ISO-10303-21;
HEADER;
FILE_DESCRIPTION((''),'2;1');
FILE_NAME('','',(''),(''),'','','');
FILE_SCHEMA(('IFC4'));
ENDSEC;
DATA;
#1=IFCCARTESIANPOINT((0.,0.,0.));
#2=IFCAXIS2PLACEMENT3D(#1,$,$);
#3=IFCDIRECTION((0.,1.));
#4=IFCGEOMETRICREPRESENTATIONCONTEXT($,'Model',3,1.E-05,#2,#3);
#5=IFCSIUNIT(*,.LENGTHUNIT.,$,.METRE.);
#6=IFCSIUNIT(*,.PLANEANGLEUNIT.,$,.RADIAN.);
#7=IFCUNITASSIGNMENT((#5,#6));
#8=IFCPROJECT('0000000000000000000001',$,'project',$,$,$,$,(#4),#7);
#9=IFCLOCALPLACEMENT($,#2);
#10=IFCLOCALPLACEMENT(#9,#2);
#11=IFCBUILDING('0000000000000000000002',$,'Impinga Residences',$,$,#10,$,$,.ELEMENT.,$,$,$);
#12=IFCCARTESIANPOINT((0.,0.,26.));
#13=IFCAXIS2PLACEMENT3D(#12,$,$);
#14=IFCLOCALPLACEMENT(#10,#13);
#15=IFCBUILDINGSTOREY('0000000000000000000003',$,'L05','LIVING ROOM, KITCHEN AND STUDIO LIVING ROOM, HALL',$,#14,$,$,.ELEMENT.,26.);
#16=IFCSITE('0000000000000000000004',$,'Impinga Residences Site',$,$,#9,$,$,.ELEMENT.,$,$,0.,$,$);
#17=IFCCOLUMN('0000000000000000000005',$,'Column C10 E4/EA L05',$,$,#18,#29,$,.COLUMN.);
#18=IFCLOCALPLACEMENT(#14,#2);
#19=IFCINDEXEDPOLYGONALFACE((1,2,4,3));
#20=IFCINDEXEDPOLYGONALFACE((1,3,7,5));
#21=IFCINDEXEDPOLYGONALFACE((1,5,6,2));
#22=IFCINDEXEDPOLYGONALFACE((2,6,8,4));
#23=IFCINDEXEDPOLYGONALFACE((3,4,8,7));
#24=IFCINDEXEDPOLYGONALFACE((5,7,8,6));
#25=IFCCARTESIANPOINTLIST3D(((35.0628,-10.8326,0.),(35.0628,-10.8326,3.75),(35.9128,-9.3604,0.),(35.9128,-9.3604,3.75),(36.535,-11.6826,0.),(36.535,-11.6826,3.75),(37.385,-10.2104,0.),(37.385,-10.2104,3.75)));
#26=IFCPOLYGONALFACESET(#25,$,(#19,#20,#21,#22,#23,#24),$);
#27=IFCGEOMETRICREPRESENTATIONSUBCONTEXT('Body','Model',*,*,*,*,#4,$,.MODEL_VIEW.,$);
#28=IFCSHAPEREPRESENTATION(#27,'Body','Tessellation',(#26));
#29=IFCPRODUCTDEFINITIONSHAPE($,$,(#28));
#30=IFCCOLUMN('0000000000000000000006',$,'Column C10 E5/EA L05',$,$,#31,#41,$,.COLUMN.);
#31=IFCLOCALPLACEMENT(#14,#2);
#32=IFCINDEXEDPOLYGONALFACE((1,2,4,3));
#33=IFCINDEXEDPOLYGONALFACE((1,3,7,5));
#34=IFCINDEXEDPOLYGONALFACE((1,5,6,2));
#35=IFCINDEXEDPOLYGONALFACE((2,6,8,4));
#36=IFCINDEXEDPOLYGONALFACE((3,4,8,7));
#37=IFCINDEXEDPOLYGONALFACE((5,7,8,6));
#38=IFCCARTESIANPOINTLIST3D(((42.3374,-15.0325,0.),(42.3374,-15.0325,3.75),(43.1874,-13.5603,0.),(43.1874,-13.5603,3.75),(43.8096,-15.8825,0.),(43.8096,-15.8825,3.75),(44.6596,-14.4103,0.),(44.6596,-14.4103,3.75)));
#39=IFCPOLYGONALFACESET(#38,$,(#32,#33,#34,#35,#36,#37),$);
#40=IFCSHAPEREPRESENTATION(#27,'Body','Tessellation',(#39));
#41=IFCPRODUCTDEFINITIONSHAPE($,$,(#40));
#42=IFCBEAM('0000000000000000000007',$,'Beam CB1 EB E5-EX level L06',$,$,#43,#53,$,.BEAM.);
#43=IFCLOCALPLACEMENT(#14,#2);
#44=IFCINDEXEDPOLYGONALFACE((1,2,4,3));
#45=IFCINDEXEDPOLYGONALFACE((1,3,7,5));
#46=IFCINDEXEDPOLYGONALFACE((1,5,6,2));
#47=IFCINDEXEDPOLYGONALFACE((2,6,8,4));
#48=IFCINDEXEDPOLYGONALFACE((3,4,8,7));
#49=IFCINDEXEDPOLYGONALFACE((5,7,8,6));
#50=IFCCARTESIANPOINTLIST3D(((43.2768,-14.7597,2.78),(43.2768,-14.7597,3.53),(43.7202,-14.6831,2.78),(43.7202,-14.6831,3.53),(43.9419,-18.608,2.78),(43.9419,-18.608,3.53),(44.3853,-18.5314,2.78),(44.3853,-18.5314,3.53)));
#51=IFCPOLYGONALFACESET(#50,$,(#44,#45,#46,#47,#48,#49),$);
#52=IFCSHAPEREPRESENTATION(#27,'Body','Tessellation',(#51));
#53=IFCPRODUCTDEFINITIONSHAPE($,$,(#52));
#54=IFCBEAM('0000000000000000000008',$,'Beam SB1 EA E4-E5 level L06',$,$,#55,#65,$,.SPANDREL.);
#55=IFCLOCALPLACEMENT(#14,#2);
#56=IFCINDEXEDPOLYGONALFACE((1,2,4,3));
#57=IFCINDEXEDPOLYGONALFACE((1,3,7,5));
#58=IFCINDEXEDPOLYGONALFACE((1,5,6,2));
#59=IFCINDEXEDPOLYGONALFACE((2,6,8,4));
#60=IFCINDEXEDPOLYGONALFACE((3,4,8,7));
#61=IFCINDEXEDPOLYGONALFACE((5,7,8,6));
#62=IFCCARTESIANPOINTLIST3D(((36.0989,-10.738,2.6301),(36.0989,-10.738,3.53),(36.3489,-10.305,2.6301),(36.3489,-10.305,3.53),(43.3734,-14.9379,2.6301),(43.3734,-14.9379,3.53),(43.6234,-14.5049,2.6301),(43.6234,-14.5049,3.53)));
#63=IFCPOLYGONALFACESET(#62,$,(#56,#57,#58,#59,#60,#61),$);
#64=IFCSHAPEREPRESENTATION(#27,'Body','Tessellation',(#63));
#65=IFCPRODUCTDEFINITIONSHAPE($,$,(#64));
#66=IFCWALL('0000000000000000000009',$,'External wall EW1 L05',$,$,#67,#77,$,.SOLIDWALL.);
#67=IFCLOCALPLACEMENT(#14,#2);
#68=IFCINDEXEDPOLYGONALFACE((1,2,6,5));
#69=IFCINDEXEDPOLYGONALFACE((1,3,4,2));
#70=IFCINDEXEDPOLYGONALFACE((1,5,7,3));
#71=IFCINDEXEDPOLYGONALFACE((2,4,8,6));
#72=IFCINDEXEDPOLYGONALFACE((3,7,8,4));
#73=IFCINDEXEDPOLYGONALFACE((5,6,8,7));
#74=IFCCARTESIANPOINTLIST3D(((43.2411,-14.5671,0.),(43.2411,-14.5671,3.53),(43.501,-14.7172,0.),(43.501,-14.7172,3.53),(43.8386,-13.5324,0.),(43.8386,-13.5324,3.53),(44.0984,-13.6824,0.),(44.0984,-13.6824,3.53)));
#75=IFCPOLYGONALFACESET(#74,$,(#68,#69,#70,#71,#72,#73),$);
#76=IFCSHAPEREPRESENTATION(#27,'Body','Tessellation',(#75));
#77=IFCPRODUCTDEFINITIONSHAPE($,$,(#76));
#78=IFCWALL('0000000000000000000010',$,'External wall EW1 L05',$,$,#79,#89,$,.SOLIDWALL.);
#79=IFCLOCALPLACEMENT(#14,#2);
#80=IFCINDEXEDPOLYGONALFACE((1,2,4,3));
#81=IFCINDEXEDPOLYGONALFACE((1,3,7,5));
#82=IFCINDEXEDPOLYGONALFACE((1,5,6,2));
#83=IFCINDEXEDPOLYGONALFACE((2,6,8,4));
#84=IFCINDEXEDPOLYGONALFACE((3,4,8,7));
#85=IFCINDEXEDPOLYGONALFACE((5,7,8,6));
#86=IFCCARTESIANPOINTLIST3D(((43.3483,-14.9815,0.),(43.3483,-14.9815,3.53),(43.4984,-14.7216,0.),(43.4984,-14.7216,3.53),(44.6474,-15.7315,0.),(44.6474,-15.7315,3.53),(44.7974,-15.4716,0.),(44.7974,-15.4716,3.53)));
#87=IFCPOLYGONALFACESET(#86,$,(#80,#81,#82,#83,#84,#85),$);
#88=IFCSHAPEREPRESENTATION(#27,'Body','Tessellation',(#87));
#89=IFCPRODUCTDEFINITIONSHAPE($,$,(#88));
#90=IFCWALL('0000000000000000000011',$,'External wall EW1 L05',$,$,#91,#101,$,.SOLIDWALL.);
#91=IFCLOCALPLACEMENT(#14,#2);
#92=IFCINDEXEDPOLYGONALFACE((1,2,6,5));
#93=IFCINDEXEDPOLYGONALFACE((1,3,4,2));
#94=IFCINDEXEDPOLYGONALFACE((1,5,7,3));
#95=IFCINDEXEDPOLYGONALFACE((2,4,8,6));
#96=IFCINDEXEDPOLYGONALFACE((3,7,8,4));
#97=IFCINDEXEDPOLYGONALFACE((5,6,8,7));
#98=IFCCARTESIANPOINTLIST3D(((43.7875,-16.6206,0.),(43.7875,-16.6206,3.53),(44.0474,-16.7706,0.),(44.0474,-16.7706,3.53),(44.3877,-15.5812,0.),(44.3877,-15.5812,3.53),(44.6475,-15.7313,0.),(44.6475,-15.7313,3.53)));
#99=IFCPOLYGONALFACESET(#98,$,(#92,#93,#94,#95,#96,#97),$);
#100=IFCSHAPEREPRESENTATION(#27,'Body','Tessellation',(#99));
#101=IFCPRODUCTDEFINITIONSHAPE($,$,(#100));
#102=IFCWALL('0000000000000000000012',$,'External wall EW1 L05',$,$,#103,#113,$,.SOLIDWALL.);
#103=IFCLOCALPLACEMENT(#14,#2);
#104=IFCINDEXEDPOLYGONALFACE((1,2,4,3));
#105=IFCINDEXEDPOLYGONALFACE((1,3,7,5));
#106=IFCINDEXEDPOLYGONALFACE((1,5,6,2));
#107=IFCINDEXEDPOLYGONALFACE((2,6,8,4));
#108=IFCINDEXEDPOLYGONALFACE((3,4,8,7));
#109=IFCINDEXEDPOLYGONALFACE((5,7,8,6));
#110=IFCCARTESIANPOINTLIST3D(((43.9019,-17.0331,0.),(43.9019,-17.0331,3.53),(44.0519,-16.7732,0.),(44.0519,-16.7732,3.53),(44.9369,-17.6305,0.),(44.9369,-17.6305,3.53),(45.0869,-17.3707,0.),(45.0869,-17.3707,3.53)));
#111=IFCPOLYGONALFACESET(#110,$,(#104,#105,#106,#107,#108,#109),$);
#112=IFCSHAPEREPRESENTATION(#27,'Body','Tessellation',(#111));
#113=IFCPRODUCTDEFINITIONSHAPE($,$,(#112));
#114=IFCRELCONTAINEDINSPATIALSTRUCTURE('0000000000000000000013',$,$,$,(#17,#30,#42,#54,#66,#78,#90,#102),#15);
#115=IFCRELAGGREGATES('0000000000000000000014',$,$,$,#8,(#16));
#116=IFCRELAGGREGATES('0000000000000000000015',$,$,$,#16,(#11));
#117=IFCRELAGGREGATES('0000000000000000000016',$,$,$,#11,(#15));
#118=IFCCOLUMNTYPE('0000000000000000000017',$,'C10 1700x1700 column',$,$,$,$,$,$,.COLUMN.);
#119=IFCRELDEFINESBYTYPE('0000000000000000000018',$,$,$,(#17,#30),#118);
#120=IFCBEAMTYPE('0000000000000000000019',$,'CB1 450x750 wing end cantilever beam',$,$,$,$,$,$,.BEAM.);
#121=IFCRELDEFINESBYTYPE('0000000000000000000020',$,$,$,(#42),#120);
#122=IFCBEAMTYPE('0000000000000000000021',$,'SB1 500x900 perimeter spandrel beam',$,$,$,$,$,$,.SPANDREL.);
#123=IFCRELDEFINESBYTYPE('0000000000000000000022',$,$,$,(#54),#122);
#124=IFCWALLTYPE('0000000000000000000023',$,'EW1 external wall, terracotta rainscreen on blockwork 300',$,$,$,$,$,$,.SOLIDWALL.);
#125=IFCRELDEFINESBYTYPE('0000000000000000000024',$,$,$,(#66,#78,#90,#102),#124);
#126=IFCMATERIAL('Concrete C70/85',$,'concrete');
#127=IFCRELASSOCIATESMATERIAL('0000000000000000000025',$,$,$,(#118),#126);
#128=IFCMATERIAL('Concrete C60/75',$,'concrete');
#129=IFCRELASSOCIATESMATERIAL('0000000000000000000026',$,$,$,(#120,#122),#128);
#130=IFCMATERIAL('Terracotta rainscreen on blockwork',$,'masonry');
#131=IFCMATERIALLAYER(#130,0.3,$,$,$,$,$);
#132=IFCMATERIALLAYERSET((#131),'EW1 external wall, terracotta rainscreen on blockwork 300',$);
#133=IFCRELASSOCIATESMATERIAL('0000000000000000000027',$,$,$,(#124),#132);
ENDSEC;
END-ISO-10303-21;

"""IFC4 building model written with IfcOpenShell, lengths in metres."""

from ifc_helpers import new_model, si_unit, direction, frame, frame_2d, origin, origin_2d, place, context, subcontext, project, spatial, rectangle, extrude, material, layer, layer_set, material_profile, profile_set, type_object, element, save


model = new_model("IFC4")

# Units and contexts
model_context = context("Model", 3, precision=1e-05, world=origin(), true_north=direction((0.0, 1.0)))
body_context = subcontext(model_context, "Body", "Model", "MODEL_VIEW")
ifc_project = project(units=[si_unit("LENGTHUNIT", "METRE"), si_unit("PLANEANGLEUNIT", "RADIAN")], contexts=[model_context])

# Site, building, storey
site_placement = place(None, origin())
site = spatial("IfcSite", under=ifc_project, at=site_placement, Name="Impinga Residences Site", CompositionType="ELEMENT", RefElevation=0.0)
building_placement = place(site_placement, origin())
building = spatial("IfcBuilding", under=site, at=building_placement, Name="Impinga Residences", CompositionType="ELEMENT")
storey_placement = place(building_placement, frame((0.0, 0.0, 26.0)))
storey = spatial("IfcBuildingStorey", under=building, at=storey_placement, Name="L05", Description="LIVING ROOM, KITCHEN AND STUDIO LIVING ROOM, HALL", CompositionType="ELEMENT", Elevation=26.0)

# Columns
ifc_material_1 = material(Name="Concrete C70/85", Category="concrete")
ifc_material_profile_1 = material_profile(ifc_material_1, rectangle(XDim=1.7, YDim=1.7, at=origin_2d()), Name="RC 1700x1700")
ifc_profile_set_1 = profile_set([ifc_material_profile_1], Name="Concrete C70/85")
column_type = type_object("IfcColumnType", Name="C10 1700x1700 column", PredefinedType="COLUMN", material=ifc_profile_set_1)
for number, where, z_axis, x_axis, name in (
    (1, (36.2239, -10.5215, 0.0), (0.0, 0.0, 1.0), (-0.5, -0.866025, 0.0), "Column C10 E4/EA L05"),
    (2, (43.4985, -14.7214, 0.0), (0.0, 0.0, 1.0), (-0.5, -0.866025, 0.0), "Column C10 E5/EA L05"),
):
    element("IfcColumn", number, at=place(storey_placement, frame(where, z_axis=z_axis, x_axis=x_axis)), inside=storey, type_object=column_type, Name=name, PredefinedType="COLUMN", context=body_context, shape_type="SweptSolid", body=[
        extrude(rectangle(XDim=1.7, YDim=1.7, at=origin_2d()), origin(), (0.0, 0.0, 1.0), 3.75),
    ])

# Beams
ifc_material_2 = material(Name="Concrete C60/75", Category="concrete")
ifc_material_profile_2 = material_profile(ifc_material_2, rectangle(XDim=0.45, YDim=0.75, at=origin_2d()), Name="RC 450x750")
ifc_profile_set_2 = profile_set([ifc_material_profile_2], Name="Concrete C60/75")
beam_type_1 = type_object("IfcBeamType", Name="CB1 450x750 wing end cantilever beam", PredefinedType="BEAM", material=ifc_profile_set_2)
beam_1_placement = place(storey_placement, frame((43.4985, -14.7214, 3.155), z_axis=(0.170296, -0.985393, 0.0), x_axis=(0.985393, 0.170296, 0.0)))
element("IfcBeam", 3, at=beam_1_placement, inside=storey, type_object=beam_type_1, Name="Beam CB1 EB E5-EX level L06", PredefinedType="BEAM", context=body_context, shape_type="SweptSolid", body=[
    extrude(rectangle(XDim=0.45, YDim=0.75, at=origin_2d()), origin(), (0.0, 0.0, 1.0), 3.9053),
])
ifc_material_profile_3 = material_profile(ifc_material_2, rectangle(XDim=0.5, YDim=0.8999, at=origin_2d()), Name="RC 500x900")
ifc_profile_set_3 = profile_set([ifc_material_profile_3], Name="Concrete C60/75")
beam_type_2 = type_object("IfcBeamType", Name="SB1 500x900 perimeter spandrel beam", PredefinedType="SPANDREL", material=ifc_profile_set_3)
beam_2_placement = place(storey_placement, frame((36.2239, -10.5215, 3.0801), z_axis=(0.866029, -0.499993, 0.0), x_axis=(0.499993, 0.866029, 0.0)))
element("IfcBeam", 4, at=beam_2_placement, inside=storey, type_object=beam_type_2, Name="Beam SB1 EA E4-E5 level L06", PredefinedType="SPANDREL", context=body_context, shape_type="SweptSolid", body=[
    extrude(rectangle(XDim=0.5, YDim=0.8999, at=origin_2d()), origin(), (0.0, 0.0, 1.0), 8.3999),
])

# Walls
ifc_material_3 = material(Name="Terracotta rainscreen on blockwork", Category="masonry")
ifc_layer_1 = layer(ifc_material_3, 0.3)
ifc_layer_set_1 = layer_set([ifc_layer_1], Name="EW1 external wall, terracotta rainscreen on blockwork 300")
wall_type_1 = type_object("IfcWallType", Name="EW1 external wall, terracotta rainscreen on blockwork 300", PredefinedType="SOLIDWALL", material=ifc_layer_set_1)
wall_1_placement = place(storey_placement, frame((43.9685, -13.6074, 0.0), z_axis=(0.0, 0.0, 1.0), x_axis=(-0.500029, -0.866009, 0.0)))
element("IfcWall", 5, at=wall_1_placement, inside=storey, type_object=wall_type_1, Name="External wall EW1 L05", PredefinedType="SOLIDWALL", context=body_context, shape_type="SweptSolid", body=[
    extrude(rectangle(XDim=1.1948, YDim=0.3, at=frame_2d((0.5974, 0.0))), origin(), (0.0, 0.0, 1.0), 3.53),
])
wall_2_placement = place(storey_placement, frame((43.4233, -14.8516, 0.0), z_axis=(0.0, 0.0, 1.0), x_axis=(0.866031, -0.49999, 0.0)))
element("IfcWall", 6, at=wall_2_placement, inside=storey, type_object=wall_type_1, Name="External wall EW1 L05", PredefinedType="SOLIDWALL", context=body_context, shape_type="SweptSolid", body=[
    extrude(rectangle(XDim=1.5, YDim=0.3, at=frame_2d((0.75, 0.0))), origin(), (0.0, 0.0, 1.0), 3.53),
])
wall_3_placement = place(storey_placement, frame((44.5176, -15.6562, 0.0), z_axis=(0.0, 0.0, 1.0), x_axis=(-0.500034, -0.866006, 0.0)))
element("IfcWall", 7, at=wall_3_placement, inside=storey, type_object=wall_type_1, Name="External wall EW1 L05", PredefinedType="SOLIDWALL", context=body_context, shape_type="SweptSolid", body=[
    extrude(rectangle(XDim=1.2002, YDim=0.3, at=frame_2d((0.6001, 0.0))), origin(), (0.0, 0.0, 1.0), 3.53),
])
wall_4_placement = place(storey_placement, frame((43.9768, -16.9031, 0.0), z_axis=(0.0, 0.0, 1.0), x_axis=(0.86606, -0.499941, 0.0)))
element("IfcWall", 8, at=wall_4_placement, inside=storey, type_object=wall_type_1, Name="External wall EW1 L05", PredefinedType="SOLIDWALL", context=body_context, shape_type="SweptSolid", body=[
    extrude(rectangle(XDim=1.1951, YDim=0.3, at=frame_2d((0.5977, 0.0))), origin(), (0.0, 0.0, 1.0), 3.53),
])

save(model, "model.ifc")
